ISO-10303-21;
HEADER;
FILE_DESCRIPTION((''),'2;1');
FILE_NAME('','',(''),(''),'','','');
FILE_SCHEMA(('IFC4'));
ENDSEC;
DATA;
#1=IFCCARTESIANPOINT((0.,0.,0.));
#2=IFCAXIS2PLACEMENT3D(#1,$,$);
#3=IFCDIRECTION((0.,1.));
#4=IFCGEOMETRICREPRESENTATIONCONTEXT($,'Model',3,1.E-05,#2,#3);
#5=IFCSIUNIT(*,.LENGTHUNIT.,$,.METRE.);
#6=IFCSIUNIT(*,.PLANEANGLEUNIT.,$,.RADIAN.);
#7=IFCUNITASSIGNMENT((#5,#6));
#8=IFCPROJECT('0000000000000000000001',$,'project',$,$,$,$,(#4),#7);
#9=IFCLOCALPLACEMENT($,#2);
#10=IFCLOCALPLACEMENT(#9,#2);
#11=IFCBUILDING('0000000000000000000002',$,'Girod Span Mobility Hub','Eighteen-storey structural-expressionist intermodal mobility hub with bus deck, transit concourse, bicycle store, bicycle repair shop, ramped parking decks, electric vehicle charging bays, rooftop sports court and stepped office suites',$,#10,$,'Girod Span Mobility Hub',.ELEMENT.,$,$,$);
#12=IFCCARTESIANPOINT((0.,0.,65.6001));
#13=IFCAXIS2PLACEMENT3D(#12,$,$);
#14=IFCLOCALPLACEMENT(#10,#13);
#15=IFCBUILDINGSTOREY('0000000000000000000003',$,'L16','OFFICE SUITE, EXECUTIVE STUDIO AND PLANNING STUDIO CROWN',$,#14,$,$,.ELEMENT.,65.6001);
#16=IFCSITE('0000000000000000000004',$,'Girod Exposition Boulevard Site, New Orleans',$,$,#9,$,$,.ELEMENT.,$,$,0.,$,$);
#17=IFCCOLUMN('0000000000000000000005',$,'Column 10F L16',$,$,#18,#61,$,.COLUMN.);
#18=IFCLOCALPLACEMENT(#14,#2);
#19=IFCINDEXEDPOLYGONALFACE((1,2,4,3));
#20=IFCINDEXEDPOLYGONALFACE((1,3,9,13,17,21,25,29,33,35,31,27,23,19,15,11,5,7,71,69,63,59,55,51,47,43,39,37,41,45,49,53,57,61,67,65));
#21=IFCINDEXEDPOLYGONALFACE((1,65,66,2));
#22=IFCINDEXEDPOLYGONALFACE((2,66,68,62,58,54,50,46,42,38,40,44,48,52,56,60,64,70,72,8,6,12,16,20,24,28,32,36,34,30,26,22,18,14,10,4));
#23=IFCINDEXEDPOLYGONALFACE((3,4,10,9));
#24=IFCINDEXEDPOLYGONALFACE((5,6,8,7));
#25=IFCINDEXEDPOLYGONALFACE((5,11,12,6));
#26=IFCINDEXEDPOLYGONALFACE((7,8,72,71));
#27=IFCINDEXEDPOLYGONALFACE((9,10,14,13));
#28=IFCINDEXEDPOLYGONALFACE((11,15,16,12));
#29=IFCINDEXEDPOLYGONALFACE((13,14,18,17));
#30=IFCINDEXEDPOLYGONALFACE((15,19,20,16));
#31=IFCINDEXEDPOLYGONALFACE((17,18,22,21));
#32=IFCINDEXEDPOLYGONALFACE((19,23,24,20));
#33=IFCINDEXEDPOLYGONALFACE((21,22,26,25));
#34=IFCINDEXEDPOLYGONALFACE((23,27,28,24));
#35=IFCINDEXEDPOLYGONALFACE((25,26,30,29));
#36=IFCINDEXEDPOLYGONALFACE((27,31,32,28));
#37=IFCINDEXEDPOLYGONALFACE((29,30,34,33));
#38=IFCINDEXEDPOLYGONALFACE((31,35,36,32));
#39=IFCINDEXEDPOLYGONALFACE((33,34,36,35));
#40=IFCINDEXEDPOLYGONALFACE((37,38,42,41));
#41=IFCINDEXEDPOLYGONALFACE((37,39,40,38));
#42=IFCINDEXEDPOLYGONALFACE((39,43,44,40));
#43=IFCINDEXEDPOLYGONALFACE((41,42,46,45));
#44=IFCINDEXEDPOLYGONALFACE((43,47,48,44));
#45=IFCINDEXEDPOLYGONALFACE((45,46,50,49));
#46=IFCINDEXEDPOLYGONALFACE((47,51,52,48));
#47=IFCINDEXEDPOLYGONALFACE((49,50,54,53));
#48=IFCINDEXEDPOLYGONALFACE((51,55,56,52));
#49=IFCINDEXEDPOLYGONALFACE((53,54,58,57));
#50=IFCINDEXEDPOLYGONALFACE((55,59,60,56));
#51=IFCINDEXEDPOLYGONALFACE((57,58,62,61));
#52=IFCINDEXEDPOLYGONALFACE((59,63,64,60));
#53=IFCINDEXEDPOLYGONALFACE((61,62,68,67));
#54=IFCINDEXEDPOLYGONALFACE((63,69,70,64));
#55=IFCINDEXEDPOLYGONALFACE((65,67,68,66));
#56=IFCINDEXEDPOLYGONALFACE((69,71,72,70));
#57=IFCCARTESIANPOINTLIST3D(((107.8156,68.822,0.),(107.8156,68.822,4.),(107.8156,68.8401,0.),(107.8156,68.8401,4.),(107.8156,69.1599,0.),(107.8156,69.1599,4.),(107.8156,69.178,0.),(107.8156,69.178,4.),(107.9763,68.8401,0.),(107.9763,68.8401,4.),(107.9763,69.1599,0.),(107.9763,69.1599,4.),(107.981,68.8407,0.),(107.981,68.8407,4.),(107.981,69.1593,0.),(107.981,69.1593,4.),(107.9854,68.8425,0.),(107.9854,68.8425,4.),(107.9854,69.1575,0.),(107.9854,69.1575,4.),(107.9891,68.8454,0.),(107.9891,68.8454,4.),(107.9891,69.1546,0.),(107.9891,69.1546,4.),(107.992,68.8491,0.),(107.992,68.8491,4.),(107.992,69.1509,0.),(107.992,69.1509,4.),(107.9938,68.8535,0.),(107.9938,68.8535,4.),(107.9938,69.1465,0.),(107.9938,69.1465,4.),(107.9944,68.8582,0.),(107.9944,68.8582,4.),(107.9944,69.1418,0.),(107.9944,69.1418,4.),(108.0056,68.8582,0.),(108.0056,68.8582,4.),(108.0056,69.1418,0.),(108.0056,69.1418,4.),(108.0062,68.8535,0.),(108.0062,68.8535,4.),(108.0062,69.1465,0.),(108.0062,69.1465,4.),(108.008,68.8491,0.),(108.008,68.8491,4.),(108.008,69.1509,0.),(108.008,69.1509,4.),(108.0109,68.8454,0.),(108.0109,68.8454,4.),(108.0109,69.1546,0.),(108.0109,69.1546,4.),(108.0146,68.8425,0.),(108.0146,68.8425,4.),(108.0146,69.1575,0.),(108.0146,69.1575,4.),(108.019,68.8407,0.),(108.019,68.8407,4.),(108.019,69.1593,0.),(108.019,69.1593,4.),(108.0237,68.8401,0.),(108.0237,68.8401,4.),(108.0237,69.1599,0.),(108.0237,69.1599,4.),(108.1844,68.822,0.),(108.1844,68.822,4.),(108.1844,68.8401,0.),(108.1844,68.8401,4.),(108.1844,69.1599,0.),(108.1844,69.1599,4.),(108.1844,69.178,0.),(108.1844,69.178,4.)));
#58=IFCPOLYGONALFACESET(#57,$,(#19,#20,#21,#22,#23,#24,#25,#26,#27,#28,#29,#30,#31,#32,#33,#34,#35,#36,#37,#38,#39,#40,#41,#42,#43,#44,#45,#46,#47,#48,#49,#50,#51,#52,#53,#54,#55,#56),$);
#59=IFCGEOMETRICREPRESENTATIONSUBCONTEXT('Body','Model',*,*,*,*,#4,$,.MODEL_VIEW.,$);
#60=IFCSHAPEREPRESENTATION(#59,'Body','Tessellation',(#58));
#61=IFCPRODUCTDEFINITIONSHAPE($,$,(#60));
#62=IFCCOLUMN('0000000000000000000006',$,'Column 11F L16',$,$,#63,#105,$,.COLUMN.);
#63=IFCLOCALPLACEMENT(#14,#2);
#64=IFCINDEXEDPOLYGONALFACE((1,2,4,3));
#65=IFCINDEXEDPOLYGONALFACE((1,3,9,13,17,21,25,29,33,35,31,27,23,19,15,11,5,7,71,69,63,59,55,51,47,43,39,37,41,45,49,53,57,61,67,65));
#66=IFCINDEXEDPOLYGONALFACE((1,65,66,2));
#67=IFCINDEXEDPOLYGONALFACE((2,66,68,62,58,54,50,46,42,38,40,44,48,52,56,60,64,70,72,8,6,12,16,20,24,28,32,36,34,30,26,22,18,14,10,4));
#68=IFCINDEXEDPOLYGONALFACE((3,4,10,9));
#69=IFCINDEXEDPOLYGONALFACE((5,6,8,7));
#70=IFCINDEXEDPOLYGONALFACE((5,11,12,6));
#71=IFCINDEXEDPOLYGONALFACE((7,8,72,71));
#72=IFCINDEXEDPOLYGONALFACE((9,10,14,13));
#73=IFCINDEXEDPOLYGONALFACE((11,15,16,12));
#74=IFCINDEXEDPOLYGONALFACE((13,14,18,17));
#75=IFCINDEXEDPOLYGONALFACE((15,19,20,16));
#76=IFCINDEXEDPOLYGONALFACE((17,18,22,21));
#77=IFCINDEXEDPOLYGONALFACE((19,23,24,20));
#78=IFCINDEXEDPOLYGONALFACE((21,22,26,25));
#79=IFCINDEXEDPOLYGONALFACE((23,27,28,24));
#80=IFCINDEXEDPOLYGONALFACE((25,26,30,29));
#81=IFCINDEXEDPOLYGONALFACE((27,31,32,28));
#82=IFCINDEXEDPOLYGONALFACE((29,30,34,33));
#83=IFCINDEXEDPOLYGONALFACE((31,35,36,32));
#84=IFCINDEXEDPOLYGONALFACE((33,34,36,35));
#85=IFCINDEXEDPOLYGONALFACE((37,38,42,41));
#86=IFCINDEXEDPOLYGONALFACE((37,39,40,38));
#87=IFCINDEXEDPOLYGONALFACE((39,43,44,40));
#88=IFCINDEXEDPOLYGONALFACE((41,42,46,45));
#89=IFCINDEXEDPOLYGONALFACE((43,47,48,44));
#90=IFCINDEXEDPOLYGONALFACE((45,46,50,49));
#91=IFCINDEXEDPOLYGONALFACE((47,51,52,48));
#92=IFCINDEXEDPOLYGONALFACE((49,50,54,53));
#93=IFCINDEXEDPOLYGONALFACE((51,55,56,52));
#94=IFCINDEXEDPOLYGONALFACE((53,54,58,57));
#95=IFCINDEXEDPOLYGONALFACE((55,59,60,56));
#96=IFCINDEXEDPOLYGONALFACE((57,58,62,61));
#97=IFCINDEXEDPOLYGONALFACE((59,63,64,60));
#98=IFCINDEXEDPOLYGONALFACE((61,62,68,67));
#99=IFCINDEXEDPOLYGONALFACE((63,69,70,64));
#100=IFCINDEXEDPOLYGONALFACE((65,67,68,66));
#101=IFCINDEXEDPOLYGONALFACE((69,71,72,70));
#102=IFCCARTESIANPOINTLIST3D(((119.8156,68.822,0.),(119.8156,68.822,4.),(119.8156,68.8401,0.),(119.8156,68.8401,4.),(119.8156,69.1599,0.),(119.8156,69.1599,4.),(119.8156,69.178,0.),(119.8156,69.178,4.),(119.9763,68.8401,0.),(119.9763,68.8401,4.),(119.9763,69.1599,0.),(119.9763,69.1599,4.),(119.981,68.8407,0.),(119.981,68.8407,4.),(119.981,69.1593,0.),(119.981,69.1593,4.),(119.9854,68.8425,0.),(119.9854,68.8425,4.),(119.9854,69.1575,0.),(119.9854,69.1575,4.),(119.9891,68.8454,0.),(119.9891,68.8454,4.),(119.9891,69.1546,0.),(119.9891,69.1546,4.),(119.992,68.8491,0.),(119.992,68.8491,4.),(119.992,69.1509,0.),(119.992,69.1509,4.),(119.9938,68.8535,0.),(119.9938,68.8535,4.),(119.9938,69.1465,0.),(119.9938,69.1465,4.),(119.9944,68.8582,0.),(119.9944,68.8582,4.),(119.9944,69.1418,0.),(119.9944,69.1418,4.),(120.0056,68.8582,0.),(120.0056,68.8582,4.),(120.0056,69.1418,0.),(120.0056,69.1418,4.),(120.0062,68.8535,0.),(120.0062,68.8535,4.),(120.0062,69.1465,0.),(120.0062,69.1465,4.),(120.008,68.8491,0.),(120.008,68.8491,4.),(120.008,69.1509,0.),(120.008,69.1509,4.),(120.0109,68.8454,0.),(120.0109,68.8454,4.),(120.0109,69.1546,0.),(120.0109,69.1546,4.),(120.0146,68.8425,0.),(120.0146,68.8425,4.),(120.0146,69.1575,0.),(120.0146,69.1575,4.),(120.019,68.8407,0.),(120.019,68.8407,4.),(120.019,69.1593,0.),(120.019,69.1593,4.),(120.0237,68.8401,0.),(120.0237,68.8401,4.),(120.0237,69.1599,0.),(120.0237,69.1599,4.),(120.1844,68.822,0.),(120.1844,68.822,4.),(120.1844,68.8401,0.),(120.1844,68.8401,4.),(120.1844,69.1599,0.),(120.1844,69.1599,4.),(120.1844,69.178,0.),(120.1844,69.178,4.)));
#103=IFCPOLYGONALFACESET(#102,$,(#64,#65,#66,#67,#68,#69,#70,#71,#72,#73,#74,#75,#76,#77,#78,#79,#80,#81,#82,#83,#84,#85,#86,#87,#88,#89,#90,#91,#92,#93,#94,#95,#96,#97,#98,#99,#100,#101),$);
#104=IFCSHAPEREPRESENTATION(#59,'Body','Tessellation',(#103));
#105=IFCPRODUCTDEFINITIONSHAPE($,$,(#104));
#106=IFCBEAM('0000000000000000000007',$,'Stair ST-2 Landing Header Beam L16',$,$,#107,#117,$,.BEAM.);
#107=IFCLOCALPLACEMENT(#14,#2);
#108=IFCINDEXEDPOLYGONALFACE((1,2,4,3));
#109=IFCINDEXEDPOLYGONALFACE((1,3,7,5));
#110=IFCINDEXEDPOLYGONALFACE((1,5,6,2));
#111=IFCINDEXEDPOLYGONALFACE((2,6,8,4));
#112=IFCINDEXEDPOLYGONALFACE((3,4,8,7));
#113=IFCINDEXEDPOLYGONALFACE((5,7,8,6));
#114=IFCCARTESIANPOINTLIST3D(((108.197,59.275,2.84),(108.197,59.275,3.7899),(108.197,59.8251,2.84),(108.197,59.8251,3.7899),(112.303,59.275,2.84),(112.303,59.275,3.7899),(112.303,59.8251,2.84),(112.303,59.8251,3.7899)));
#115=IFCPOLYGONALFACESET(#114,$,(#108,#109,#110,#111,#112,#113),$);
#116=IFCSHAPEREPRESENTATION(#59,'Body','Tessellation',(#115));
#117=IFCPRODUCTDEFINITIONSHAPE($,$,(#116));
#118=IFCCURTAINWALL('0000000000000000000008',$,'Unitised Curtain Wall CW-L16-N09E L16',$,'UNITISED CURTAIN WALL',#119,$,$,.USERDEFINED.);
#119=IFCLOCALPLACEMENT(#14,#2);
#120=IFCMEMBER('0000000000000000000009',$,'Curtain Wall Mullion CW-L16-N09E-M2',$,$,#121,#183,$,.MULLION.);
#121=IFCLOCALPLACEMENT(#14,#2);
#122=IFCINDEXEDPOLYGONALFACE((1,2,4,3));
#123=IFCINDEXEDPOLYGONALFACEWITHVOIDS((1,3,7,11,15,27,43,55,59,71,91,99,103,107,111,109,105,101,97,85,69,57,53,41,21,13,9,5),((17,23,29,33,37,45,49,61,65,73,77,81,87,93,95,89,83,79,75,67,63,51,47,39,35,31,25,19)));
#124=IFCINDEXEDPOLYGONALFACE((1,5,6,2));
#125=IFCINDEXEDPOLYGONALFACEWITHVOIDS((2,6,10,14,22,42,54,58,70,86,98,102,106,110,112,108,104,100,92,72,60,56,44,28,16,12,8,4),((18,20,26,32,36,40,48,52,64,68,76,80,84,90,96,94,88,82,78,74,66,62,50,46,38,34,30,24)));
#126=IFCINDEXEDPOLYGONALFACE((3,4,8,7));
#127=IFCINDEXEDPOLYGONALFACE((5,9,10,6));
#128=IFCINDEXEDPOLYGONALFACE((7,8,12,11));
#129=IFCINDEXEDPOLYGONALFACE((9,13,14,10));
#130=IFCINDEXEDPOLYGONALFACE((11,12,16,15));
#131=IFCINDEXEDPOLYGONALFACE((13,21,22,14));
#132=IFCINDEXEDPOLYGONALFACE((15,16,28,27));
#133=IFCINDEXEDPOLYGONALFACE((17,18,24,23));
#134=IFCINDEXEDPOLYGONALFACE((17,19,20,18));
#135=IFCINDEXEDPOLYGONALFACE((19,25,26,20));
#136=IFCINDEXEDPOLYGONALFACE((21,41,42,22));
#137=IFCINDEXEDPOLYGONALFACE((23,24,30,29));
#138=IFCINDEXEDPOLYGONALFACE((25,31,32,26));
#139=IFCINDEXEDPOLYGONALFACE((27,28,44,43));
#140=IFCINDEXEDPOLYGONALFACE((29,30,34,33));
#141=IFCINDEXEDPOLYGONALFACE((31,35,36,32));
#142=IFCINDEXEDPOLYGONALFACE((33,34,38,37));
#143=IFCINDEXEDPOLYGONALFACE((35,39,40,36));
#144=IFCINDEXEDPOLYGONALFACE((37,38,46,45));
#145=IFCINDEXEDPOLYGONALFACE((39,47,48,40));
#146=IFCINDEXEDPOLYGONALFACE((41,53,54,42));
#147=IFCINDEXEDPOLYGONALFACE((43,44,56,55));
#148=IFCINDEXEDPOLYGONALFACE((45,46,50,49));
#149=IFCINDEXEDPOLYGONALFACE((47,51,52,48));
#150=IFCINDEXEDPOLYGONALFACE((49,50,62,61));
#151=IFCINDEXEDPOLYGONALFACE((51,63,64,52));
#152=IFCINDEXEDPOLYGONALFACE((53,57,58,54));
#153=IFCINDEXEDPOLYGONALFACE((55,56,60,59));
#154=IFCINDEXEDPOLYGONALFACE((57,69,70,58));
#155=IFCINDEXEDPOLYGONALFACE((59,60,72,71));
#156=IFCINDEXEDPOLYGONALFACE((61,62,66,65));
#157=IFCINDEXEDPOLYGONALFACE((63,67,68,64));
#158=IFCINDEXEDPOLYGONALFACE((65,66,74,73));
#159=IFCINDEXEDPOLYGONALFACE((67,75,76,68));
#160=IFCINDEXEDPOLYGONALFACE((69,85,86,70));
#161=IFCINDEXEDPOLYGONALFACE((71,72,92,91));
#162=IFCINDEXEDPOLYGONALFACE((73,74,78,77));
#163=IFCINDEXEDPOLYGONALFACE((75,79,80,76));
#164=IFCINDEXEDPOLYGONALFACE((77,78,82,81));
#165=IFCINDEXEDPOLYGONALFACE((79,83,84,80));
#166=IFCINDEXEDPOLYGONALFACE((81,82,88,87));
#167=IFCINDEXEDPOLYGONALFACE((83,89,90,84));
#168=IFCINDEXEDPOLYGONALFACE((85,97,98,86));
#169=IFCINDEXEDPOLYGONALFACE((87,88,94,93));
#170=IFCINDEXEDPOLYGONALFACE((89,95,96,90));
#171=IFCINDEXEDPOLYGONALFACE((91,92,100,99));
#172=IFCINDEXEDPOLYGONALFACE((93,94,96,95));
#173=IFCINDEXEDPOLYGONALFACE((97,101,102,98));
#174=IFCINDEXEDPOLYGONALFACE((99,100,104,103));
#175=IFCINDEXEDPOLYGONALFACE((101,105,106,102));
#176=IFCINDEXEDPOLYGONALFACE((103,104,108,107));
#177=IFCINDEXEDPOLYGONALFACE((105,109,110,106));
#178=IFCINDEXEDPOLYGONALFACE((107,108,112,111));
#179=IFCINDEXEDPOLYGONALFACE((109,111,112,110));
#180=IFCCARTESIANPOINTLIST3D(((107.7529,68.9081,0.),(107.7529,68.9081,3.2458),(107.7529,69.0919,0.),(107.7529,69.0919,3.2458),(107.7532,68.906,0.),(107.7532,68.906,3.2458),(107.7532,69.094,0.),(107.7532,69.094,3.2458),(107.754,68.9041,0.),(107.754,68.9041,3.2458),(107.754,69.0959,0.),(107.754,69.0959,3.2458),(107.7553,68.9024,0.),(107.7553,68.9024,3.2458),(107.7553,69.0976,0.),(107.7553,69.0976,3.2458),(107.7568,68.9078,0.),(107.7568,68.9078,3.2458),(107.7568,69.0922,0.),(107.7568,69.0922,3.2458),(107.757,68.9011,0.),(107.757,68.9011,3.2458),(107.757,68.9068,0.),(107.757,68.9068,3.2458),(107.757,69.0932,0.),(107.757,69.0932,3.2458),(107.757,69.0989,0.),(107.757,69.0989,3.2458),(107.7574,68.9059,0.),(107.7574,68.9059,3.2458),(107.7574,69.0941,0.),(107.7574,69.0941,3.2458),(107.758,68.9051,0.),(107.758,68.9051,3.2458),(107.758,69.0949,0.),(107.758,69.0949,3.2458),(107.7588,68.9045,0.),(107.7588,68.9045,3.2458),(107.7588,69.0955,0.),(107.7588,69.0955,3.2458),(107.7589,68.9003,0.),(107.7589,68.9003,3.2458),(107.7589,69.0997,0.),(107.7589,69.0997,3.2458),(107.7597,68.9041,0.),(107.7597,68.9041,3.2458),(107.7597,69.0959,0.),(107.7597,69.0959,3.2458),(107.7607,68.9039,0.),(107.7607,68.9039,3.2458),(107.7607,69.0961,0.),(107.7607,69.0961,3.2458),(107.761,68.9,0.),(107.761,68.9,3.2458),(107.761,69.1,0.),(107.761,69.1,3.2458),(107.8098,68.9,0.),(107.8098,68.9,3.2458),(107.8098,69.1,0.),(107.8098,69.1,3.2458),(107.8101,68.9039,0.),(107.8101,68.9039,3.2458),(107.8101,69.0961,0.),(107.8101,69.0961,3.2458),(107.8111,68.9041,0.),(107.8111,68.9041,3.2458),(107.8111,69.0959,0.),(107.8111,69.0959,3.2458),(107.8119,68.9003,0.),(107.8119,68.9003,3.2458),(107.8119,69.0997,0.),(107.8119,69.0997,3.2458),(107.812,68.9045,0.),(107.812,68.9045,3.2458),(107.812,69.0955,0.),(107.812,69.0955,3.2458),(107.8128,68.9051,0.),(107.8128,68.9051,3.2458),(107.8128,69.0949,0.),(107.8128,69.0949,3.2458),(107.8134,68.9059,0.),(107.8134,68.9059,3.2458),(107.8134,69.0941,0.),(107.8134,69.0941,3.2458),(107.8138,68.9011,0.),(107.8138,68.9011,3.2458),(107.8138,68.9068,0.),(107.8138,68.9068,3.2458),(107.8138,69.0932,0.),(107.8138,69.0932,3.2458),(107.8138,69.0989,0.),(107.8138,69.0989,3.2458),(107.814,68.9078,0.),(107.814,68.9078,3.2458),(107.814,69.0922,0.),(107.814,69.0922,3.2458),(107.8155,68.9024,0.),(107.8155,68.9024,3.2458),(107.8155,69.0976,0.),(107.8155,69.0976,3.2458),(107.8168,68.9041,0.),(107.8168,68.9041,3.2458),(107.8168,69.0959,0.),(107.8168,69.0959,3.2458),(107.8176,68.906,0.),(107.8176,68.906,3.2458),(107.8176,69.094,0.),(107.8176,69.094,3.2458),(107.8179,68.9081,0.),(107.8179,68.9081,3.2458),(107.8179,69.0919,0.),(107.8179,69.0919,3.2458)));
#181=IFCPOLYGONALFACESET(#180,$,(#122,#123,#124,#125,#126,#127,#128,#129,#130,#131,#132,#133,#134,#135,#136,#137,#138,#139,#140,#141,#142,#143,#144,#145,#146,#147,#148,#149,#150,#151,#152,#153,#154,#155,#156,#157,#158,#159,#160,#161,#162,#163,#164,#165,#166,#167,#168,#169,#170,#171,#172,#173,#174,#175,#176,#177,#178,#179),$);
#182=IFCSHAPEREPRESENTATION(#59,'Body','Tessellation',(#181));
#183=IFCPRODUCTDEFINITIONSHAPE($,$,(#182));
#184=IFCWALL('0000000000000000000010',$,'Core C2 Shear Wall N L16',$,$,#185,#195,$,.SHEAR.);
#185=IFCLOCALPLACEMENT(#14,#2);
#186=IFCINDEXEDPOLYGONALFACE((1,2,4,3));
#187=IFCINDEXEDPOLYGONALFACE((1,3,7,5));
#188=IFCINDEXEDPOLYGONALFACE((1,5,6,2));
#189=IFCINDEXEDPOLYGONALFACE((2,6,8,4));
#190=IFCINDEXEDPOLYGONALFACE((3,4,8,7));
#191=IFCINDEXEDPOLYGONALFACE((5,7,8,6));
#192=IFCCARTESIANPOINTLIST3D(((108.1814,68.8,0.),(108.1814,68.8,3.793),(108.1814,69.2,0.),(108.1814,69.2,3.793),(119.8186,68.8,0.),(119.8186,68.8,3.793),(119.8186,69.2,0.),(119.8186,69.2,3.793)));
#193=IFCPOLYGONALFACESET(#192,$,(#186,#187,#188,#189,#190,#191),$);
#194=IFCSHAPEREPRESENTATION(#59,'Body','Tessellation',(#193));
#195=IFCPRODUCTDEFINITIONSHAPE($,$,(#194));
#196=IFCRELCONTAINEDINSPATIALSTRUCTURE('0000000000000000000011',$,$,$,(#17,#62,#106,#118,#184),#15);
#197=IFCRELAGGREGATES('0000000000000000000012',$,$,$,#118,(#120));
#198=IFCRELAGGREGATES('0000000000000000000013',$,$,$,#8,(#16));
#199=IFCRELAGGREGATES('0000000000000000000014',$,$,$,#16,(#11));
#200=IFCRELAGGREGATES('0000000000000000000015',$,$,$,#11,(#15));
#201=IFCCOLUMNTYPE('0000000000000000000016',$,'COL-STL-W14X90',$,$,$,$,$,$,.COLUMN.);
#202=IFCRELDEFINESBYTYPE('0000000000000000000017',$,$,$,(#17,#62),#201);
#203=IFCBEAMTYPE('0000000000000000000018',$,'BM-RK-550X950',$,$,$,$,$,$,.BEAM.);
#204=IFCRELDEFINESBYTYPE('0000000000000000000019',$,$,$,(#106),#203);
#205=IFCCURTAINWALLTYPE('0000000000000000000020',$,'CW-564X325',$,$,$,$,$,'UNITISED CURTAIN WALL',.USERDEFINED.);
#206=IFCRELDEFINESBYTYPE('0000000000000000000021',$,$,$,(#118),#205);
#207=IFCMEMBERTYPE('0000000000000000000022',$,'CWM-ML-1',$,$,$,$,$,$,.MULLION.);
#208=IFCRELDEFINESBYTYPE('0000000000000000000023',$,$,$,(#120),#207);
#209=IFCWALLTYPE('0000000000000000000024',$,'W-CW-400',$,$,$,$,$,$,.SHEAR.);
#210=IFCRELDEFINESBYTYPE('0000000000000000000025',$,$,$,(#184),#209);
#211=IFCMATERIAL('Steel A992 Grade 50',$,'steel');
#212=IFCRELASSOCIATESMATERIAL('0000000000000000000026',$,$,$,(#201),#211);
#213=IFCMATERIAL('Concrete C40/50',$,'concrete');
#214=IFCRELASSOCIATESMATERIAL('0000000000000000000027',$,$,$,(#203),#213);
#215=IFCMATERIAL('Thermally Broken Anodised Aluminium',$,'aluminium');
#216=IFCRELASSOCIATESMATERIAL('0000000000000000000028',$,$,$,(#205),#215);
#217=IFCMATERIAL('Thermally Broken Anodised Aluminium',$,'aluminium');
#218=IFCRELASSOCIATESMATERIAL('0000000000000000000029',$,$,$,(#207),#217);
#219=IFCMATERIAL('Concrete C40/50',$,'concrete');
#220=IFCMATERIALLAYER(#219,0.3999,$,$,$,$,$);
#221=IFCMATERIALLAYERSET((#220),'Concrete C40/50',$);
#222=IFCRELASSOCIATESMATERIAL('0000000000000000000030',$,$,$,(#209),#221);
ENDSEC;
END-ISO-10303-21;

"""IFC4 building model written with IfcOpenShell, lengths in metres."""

from ifc_helpers import new_model, si_unit, direction, frame, frame_2d, origin, origin_2d, place, context, subcontext, project, spatial, rectangle, hollow_rectangle, i_section, extrude, material, layer, layer_set, material_profile, profile_set, type_object, element, aggregate, save


model = new_model("IFC4")

# Units and contexts
model_context = context("Model", 3, precision=1e-05, world=origin(), true_north=direction((0.0, 1.0)))
body_context = subcontext(model_context, "Body", "Model", "MODEL_VIEW")
ifc_project = project(units=[si_unit("LENGTHUNIT", "METRE"), si_unit("PLANEANGLEUNIT", "RADIAN")], contexts=[model_context])

# Site, building, storey
site_placement = place(None, origin())
site = spatial("IfcSite", under=ifc_project, at=site_placement, Name="Girod Exposition Boulevard Site, New Orleans", CompositionType="ELEMENT", RefElevation=0.0)
building_placement = place(site_placement, origin())
building = spatial("IfcBuilding", under=site, at=building_placement, Name="Girod Span Mobility Hub", Description="Eighteen-storey structural-expressionist intermodal mobility hub with bus deck, transit concourse, bicycle store, bicycle repair shop, ramped parking decks, electric vehicle charging bays, rooftop sports court and stepped office suites", LongName="Girod Span Mobility Hub", CompositionType="ELEMENT")
storey_placement = place(building_placement, frame((0.0, 0.0, 65.6001)))
storey = spatial("IfcBuildingStorey", under=building, at=storey_placement, Name="L16", Description="OFFICE SUITE, EXECUTIVE STUDIO AND PLANNING STUDIO CROWN", CompositionType="ELEMENT", Elevation=65.6001)

# Columns
ifc_material_1 = material(Name="Steel A992 Grade 50", Category="steel")
ifc_material_profile_1 = material_profile(ifc_material_1, i_section(OverallWidth=0.3689, OverallDepth=0.356, WebThickness=0.0112, FlangeThickness=0.0181, FilletRadius=0.0181, at=origin_2d()), Name="W14X90")
ifc_profile_set_1 = profile_set([ifc_material_profile_1], Name="Steel A992 Grade 50")
column_type = type_object("IfcColumnType", Name="COL-STL-W14X90", PredefinedType="COLUMN", material=ifc_profile_set_1)
for number, where, z_axis, x_axis, name in (
    (1, (108.0, 69.0, 0.0), (0.0, 0.0, 1.0), (1.0, 0.0, 0.0), "Column 10F L16"),
    (2, (120.0, 69.0, 0.0), (0.0, 0.0, 1.0), (1.0, 0.0, 0.0), "Column 11F L16"),
):
    element("IfcColumn", number, at=place(storey_placement, frame(where, z_axis=z_axis, x_axis=x_axis)), inside=storey, type_object=column_type, Name=name, PredefinedType="COLUMN", context=body_context, shape_type="SweptSolid", body=[
        extrude(i_section(OverallWidth=0.3689, OverallDepth=0.356, WebThickness=0.0112, FlangeThickness=0.0181, FilletRadius=0.0181, at=origin_2d()), origin(), (0.0, 0.0, 1.0), 4.0),
    ])

# Beam
ifc_material_2 = material(Name="Concrete C40/50", Category="concrete")
ifc_material_profile_2 = material_profile(ifc_material_2, rectangle(XDim=0.55, YDim=0.95, at=origin_2d()), Name="RK-550X950")
ifc_profile_set_2 = profile_set([ifc_material_profile_2], Name="Concrete C40/50")
beam_type = type_object("IfcBeamType", Name="BM-RK-550X950", PredefinedType="BEAM", material=ifc_profile_set_2)
beam_placement = place(storey_placement, frame((108.197, 59.55, 3.3149), z_axis=(1.0, 0.0, 0.0), x_axis=(0.0, 1.0, 0.0)))
element("IfcBeam", 3, at=beam_placement, inside=storey, type_object=beam_type, Name="Stair ST-2 Landing Header Beam L16", PredefinedType="BEAM", context=body_context, shape_type="SweptSolid", body=[
    extrude(rectangle(XDim=0.55, YDim=0.95, at=origin_2d()), origin(), (0.0, 0.0, 1.0), 4.106),
])

# Curtain wall, member
ifc_material_3 = material(Name="Thermally Broken Anodised Aluminium", Category="aluminium")
curtain_wall_type = type_object("IfcCurtainWallType", Name="CW-564X325", ElementType="UNITISED CURTAIN WALL", PredefinedType="USERDEFINED", material=ifc_material_3)
curtain_wall_placement = place(storey_placement, origin())
curtain_wall = element("IfcCurtainWall", 4, at=curtain_wall_placement, inside=storey, type_object=curtain_wall_type, Name="Unitised Curtain Wall CW-L16-N09E L16", ObjectType="UNITISED CURTAIN WALL", PredefinedType="USERDEFINED")
ifc_material_4 = material(Name="Thermally Broken Anodised Aluminium", Category="aluminium")
ifc_material_profile_3 = material_profile(ifc_material_4, hollow_rectangle(XDim=0.2, YDim=0.0649, WallThickness=0.0039, InnerFilletRadius=0.0039, OuterFilletRadius=0.0081, at=origin_2d()), Name="CW-ML-65X200")
ifc_profile_set_3 = profile_set([ifc_material_profile_3], Name="Thermally Broken Anodised Aluminium")
member_type = type_object("IfcMemberType", Name="CWM-ML-1", PredefinedType="MULLION", material=ifc_profile_set_3)
member_placement = place(storey_placement, frame((107.7854, 69.0, 0.0), z_axis=(0.0, 0.0, 1.0), x_axis=(0.0, 1.0, 0.0)))
member = element("IfcMember", 5, at=member_placement, type_object=member_type, Name="Curtain Wall Mullion CW-L16-N09E-M2", PredefinedType="MULLION", context=body_context, shape_type="SweptSolid", body=[
    extrude(hollow_rectangle(XDim=0.2, YDim=0.0649, WallThickness=0.0039, InnerFilletRadius=0.0039, OuterFilletRadius=0.0081, at=origin_2d()), origin(), (0.0, 0.0, 1.0), 3.2458),
])
aggregate(curtain_wall, [member])

# Wall
ifc_material_5 = material(Name="Concrete C40/50", Category="concrete")
ifc_layer_1 = layer(ifc_material_5, 0.3999)
ifc_layer_set_1 = layer_set([ifc_layer_1], Name="Concrete C40/50")
wall_type_1 = type_object("IfcWallType", Name="W-CW-400", PredefinedType="SHEAR", material=ifc_layer_set_1)
wall_1_placement = place(storey_placement, frame((108.1814, 69.0, 0.0), z_axis=(0.0, 0.0, 1.0), x_axis=(1.0, 0.0, 0.0)))
element("IfcWall", 6, at=wall_1_placement, inside=storey, type_object=wall_type_1, Name="Core C2 Shear Wall N L16", PredefinedType="SHEAR", context=body_context, shape_type="SweptSolid", body=[
    extrude(rectangle(XDim=11.6372, YDim=0.3999, at=frame_2d((5.8186, 0.0))), origin(), (0.0, 0.0, 1.0), 3.793),
])

save(model, "model.ifc")
